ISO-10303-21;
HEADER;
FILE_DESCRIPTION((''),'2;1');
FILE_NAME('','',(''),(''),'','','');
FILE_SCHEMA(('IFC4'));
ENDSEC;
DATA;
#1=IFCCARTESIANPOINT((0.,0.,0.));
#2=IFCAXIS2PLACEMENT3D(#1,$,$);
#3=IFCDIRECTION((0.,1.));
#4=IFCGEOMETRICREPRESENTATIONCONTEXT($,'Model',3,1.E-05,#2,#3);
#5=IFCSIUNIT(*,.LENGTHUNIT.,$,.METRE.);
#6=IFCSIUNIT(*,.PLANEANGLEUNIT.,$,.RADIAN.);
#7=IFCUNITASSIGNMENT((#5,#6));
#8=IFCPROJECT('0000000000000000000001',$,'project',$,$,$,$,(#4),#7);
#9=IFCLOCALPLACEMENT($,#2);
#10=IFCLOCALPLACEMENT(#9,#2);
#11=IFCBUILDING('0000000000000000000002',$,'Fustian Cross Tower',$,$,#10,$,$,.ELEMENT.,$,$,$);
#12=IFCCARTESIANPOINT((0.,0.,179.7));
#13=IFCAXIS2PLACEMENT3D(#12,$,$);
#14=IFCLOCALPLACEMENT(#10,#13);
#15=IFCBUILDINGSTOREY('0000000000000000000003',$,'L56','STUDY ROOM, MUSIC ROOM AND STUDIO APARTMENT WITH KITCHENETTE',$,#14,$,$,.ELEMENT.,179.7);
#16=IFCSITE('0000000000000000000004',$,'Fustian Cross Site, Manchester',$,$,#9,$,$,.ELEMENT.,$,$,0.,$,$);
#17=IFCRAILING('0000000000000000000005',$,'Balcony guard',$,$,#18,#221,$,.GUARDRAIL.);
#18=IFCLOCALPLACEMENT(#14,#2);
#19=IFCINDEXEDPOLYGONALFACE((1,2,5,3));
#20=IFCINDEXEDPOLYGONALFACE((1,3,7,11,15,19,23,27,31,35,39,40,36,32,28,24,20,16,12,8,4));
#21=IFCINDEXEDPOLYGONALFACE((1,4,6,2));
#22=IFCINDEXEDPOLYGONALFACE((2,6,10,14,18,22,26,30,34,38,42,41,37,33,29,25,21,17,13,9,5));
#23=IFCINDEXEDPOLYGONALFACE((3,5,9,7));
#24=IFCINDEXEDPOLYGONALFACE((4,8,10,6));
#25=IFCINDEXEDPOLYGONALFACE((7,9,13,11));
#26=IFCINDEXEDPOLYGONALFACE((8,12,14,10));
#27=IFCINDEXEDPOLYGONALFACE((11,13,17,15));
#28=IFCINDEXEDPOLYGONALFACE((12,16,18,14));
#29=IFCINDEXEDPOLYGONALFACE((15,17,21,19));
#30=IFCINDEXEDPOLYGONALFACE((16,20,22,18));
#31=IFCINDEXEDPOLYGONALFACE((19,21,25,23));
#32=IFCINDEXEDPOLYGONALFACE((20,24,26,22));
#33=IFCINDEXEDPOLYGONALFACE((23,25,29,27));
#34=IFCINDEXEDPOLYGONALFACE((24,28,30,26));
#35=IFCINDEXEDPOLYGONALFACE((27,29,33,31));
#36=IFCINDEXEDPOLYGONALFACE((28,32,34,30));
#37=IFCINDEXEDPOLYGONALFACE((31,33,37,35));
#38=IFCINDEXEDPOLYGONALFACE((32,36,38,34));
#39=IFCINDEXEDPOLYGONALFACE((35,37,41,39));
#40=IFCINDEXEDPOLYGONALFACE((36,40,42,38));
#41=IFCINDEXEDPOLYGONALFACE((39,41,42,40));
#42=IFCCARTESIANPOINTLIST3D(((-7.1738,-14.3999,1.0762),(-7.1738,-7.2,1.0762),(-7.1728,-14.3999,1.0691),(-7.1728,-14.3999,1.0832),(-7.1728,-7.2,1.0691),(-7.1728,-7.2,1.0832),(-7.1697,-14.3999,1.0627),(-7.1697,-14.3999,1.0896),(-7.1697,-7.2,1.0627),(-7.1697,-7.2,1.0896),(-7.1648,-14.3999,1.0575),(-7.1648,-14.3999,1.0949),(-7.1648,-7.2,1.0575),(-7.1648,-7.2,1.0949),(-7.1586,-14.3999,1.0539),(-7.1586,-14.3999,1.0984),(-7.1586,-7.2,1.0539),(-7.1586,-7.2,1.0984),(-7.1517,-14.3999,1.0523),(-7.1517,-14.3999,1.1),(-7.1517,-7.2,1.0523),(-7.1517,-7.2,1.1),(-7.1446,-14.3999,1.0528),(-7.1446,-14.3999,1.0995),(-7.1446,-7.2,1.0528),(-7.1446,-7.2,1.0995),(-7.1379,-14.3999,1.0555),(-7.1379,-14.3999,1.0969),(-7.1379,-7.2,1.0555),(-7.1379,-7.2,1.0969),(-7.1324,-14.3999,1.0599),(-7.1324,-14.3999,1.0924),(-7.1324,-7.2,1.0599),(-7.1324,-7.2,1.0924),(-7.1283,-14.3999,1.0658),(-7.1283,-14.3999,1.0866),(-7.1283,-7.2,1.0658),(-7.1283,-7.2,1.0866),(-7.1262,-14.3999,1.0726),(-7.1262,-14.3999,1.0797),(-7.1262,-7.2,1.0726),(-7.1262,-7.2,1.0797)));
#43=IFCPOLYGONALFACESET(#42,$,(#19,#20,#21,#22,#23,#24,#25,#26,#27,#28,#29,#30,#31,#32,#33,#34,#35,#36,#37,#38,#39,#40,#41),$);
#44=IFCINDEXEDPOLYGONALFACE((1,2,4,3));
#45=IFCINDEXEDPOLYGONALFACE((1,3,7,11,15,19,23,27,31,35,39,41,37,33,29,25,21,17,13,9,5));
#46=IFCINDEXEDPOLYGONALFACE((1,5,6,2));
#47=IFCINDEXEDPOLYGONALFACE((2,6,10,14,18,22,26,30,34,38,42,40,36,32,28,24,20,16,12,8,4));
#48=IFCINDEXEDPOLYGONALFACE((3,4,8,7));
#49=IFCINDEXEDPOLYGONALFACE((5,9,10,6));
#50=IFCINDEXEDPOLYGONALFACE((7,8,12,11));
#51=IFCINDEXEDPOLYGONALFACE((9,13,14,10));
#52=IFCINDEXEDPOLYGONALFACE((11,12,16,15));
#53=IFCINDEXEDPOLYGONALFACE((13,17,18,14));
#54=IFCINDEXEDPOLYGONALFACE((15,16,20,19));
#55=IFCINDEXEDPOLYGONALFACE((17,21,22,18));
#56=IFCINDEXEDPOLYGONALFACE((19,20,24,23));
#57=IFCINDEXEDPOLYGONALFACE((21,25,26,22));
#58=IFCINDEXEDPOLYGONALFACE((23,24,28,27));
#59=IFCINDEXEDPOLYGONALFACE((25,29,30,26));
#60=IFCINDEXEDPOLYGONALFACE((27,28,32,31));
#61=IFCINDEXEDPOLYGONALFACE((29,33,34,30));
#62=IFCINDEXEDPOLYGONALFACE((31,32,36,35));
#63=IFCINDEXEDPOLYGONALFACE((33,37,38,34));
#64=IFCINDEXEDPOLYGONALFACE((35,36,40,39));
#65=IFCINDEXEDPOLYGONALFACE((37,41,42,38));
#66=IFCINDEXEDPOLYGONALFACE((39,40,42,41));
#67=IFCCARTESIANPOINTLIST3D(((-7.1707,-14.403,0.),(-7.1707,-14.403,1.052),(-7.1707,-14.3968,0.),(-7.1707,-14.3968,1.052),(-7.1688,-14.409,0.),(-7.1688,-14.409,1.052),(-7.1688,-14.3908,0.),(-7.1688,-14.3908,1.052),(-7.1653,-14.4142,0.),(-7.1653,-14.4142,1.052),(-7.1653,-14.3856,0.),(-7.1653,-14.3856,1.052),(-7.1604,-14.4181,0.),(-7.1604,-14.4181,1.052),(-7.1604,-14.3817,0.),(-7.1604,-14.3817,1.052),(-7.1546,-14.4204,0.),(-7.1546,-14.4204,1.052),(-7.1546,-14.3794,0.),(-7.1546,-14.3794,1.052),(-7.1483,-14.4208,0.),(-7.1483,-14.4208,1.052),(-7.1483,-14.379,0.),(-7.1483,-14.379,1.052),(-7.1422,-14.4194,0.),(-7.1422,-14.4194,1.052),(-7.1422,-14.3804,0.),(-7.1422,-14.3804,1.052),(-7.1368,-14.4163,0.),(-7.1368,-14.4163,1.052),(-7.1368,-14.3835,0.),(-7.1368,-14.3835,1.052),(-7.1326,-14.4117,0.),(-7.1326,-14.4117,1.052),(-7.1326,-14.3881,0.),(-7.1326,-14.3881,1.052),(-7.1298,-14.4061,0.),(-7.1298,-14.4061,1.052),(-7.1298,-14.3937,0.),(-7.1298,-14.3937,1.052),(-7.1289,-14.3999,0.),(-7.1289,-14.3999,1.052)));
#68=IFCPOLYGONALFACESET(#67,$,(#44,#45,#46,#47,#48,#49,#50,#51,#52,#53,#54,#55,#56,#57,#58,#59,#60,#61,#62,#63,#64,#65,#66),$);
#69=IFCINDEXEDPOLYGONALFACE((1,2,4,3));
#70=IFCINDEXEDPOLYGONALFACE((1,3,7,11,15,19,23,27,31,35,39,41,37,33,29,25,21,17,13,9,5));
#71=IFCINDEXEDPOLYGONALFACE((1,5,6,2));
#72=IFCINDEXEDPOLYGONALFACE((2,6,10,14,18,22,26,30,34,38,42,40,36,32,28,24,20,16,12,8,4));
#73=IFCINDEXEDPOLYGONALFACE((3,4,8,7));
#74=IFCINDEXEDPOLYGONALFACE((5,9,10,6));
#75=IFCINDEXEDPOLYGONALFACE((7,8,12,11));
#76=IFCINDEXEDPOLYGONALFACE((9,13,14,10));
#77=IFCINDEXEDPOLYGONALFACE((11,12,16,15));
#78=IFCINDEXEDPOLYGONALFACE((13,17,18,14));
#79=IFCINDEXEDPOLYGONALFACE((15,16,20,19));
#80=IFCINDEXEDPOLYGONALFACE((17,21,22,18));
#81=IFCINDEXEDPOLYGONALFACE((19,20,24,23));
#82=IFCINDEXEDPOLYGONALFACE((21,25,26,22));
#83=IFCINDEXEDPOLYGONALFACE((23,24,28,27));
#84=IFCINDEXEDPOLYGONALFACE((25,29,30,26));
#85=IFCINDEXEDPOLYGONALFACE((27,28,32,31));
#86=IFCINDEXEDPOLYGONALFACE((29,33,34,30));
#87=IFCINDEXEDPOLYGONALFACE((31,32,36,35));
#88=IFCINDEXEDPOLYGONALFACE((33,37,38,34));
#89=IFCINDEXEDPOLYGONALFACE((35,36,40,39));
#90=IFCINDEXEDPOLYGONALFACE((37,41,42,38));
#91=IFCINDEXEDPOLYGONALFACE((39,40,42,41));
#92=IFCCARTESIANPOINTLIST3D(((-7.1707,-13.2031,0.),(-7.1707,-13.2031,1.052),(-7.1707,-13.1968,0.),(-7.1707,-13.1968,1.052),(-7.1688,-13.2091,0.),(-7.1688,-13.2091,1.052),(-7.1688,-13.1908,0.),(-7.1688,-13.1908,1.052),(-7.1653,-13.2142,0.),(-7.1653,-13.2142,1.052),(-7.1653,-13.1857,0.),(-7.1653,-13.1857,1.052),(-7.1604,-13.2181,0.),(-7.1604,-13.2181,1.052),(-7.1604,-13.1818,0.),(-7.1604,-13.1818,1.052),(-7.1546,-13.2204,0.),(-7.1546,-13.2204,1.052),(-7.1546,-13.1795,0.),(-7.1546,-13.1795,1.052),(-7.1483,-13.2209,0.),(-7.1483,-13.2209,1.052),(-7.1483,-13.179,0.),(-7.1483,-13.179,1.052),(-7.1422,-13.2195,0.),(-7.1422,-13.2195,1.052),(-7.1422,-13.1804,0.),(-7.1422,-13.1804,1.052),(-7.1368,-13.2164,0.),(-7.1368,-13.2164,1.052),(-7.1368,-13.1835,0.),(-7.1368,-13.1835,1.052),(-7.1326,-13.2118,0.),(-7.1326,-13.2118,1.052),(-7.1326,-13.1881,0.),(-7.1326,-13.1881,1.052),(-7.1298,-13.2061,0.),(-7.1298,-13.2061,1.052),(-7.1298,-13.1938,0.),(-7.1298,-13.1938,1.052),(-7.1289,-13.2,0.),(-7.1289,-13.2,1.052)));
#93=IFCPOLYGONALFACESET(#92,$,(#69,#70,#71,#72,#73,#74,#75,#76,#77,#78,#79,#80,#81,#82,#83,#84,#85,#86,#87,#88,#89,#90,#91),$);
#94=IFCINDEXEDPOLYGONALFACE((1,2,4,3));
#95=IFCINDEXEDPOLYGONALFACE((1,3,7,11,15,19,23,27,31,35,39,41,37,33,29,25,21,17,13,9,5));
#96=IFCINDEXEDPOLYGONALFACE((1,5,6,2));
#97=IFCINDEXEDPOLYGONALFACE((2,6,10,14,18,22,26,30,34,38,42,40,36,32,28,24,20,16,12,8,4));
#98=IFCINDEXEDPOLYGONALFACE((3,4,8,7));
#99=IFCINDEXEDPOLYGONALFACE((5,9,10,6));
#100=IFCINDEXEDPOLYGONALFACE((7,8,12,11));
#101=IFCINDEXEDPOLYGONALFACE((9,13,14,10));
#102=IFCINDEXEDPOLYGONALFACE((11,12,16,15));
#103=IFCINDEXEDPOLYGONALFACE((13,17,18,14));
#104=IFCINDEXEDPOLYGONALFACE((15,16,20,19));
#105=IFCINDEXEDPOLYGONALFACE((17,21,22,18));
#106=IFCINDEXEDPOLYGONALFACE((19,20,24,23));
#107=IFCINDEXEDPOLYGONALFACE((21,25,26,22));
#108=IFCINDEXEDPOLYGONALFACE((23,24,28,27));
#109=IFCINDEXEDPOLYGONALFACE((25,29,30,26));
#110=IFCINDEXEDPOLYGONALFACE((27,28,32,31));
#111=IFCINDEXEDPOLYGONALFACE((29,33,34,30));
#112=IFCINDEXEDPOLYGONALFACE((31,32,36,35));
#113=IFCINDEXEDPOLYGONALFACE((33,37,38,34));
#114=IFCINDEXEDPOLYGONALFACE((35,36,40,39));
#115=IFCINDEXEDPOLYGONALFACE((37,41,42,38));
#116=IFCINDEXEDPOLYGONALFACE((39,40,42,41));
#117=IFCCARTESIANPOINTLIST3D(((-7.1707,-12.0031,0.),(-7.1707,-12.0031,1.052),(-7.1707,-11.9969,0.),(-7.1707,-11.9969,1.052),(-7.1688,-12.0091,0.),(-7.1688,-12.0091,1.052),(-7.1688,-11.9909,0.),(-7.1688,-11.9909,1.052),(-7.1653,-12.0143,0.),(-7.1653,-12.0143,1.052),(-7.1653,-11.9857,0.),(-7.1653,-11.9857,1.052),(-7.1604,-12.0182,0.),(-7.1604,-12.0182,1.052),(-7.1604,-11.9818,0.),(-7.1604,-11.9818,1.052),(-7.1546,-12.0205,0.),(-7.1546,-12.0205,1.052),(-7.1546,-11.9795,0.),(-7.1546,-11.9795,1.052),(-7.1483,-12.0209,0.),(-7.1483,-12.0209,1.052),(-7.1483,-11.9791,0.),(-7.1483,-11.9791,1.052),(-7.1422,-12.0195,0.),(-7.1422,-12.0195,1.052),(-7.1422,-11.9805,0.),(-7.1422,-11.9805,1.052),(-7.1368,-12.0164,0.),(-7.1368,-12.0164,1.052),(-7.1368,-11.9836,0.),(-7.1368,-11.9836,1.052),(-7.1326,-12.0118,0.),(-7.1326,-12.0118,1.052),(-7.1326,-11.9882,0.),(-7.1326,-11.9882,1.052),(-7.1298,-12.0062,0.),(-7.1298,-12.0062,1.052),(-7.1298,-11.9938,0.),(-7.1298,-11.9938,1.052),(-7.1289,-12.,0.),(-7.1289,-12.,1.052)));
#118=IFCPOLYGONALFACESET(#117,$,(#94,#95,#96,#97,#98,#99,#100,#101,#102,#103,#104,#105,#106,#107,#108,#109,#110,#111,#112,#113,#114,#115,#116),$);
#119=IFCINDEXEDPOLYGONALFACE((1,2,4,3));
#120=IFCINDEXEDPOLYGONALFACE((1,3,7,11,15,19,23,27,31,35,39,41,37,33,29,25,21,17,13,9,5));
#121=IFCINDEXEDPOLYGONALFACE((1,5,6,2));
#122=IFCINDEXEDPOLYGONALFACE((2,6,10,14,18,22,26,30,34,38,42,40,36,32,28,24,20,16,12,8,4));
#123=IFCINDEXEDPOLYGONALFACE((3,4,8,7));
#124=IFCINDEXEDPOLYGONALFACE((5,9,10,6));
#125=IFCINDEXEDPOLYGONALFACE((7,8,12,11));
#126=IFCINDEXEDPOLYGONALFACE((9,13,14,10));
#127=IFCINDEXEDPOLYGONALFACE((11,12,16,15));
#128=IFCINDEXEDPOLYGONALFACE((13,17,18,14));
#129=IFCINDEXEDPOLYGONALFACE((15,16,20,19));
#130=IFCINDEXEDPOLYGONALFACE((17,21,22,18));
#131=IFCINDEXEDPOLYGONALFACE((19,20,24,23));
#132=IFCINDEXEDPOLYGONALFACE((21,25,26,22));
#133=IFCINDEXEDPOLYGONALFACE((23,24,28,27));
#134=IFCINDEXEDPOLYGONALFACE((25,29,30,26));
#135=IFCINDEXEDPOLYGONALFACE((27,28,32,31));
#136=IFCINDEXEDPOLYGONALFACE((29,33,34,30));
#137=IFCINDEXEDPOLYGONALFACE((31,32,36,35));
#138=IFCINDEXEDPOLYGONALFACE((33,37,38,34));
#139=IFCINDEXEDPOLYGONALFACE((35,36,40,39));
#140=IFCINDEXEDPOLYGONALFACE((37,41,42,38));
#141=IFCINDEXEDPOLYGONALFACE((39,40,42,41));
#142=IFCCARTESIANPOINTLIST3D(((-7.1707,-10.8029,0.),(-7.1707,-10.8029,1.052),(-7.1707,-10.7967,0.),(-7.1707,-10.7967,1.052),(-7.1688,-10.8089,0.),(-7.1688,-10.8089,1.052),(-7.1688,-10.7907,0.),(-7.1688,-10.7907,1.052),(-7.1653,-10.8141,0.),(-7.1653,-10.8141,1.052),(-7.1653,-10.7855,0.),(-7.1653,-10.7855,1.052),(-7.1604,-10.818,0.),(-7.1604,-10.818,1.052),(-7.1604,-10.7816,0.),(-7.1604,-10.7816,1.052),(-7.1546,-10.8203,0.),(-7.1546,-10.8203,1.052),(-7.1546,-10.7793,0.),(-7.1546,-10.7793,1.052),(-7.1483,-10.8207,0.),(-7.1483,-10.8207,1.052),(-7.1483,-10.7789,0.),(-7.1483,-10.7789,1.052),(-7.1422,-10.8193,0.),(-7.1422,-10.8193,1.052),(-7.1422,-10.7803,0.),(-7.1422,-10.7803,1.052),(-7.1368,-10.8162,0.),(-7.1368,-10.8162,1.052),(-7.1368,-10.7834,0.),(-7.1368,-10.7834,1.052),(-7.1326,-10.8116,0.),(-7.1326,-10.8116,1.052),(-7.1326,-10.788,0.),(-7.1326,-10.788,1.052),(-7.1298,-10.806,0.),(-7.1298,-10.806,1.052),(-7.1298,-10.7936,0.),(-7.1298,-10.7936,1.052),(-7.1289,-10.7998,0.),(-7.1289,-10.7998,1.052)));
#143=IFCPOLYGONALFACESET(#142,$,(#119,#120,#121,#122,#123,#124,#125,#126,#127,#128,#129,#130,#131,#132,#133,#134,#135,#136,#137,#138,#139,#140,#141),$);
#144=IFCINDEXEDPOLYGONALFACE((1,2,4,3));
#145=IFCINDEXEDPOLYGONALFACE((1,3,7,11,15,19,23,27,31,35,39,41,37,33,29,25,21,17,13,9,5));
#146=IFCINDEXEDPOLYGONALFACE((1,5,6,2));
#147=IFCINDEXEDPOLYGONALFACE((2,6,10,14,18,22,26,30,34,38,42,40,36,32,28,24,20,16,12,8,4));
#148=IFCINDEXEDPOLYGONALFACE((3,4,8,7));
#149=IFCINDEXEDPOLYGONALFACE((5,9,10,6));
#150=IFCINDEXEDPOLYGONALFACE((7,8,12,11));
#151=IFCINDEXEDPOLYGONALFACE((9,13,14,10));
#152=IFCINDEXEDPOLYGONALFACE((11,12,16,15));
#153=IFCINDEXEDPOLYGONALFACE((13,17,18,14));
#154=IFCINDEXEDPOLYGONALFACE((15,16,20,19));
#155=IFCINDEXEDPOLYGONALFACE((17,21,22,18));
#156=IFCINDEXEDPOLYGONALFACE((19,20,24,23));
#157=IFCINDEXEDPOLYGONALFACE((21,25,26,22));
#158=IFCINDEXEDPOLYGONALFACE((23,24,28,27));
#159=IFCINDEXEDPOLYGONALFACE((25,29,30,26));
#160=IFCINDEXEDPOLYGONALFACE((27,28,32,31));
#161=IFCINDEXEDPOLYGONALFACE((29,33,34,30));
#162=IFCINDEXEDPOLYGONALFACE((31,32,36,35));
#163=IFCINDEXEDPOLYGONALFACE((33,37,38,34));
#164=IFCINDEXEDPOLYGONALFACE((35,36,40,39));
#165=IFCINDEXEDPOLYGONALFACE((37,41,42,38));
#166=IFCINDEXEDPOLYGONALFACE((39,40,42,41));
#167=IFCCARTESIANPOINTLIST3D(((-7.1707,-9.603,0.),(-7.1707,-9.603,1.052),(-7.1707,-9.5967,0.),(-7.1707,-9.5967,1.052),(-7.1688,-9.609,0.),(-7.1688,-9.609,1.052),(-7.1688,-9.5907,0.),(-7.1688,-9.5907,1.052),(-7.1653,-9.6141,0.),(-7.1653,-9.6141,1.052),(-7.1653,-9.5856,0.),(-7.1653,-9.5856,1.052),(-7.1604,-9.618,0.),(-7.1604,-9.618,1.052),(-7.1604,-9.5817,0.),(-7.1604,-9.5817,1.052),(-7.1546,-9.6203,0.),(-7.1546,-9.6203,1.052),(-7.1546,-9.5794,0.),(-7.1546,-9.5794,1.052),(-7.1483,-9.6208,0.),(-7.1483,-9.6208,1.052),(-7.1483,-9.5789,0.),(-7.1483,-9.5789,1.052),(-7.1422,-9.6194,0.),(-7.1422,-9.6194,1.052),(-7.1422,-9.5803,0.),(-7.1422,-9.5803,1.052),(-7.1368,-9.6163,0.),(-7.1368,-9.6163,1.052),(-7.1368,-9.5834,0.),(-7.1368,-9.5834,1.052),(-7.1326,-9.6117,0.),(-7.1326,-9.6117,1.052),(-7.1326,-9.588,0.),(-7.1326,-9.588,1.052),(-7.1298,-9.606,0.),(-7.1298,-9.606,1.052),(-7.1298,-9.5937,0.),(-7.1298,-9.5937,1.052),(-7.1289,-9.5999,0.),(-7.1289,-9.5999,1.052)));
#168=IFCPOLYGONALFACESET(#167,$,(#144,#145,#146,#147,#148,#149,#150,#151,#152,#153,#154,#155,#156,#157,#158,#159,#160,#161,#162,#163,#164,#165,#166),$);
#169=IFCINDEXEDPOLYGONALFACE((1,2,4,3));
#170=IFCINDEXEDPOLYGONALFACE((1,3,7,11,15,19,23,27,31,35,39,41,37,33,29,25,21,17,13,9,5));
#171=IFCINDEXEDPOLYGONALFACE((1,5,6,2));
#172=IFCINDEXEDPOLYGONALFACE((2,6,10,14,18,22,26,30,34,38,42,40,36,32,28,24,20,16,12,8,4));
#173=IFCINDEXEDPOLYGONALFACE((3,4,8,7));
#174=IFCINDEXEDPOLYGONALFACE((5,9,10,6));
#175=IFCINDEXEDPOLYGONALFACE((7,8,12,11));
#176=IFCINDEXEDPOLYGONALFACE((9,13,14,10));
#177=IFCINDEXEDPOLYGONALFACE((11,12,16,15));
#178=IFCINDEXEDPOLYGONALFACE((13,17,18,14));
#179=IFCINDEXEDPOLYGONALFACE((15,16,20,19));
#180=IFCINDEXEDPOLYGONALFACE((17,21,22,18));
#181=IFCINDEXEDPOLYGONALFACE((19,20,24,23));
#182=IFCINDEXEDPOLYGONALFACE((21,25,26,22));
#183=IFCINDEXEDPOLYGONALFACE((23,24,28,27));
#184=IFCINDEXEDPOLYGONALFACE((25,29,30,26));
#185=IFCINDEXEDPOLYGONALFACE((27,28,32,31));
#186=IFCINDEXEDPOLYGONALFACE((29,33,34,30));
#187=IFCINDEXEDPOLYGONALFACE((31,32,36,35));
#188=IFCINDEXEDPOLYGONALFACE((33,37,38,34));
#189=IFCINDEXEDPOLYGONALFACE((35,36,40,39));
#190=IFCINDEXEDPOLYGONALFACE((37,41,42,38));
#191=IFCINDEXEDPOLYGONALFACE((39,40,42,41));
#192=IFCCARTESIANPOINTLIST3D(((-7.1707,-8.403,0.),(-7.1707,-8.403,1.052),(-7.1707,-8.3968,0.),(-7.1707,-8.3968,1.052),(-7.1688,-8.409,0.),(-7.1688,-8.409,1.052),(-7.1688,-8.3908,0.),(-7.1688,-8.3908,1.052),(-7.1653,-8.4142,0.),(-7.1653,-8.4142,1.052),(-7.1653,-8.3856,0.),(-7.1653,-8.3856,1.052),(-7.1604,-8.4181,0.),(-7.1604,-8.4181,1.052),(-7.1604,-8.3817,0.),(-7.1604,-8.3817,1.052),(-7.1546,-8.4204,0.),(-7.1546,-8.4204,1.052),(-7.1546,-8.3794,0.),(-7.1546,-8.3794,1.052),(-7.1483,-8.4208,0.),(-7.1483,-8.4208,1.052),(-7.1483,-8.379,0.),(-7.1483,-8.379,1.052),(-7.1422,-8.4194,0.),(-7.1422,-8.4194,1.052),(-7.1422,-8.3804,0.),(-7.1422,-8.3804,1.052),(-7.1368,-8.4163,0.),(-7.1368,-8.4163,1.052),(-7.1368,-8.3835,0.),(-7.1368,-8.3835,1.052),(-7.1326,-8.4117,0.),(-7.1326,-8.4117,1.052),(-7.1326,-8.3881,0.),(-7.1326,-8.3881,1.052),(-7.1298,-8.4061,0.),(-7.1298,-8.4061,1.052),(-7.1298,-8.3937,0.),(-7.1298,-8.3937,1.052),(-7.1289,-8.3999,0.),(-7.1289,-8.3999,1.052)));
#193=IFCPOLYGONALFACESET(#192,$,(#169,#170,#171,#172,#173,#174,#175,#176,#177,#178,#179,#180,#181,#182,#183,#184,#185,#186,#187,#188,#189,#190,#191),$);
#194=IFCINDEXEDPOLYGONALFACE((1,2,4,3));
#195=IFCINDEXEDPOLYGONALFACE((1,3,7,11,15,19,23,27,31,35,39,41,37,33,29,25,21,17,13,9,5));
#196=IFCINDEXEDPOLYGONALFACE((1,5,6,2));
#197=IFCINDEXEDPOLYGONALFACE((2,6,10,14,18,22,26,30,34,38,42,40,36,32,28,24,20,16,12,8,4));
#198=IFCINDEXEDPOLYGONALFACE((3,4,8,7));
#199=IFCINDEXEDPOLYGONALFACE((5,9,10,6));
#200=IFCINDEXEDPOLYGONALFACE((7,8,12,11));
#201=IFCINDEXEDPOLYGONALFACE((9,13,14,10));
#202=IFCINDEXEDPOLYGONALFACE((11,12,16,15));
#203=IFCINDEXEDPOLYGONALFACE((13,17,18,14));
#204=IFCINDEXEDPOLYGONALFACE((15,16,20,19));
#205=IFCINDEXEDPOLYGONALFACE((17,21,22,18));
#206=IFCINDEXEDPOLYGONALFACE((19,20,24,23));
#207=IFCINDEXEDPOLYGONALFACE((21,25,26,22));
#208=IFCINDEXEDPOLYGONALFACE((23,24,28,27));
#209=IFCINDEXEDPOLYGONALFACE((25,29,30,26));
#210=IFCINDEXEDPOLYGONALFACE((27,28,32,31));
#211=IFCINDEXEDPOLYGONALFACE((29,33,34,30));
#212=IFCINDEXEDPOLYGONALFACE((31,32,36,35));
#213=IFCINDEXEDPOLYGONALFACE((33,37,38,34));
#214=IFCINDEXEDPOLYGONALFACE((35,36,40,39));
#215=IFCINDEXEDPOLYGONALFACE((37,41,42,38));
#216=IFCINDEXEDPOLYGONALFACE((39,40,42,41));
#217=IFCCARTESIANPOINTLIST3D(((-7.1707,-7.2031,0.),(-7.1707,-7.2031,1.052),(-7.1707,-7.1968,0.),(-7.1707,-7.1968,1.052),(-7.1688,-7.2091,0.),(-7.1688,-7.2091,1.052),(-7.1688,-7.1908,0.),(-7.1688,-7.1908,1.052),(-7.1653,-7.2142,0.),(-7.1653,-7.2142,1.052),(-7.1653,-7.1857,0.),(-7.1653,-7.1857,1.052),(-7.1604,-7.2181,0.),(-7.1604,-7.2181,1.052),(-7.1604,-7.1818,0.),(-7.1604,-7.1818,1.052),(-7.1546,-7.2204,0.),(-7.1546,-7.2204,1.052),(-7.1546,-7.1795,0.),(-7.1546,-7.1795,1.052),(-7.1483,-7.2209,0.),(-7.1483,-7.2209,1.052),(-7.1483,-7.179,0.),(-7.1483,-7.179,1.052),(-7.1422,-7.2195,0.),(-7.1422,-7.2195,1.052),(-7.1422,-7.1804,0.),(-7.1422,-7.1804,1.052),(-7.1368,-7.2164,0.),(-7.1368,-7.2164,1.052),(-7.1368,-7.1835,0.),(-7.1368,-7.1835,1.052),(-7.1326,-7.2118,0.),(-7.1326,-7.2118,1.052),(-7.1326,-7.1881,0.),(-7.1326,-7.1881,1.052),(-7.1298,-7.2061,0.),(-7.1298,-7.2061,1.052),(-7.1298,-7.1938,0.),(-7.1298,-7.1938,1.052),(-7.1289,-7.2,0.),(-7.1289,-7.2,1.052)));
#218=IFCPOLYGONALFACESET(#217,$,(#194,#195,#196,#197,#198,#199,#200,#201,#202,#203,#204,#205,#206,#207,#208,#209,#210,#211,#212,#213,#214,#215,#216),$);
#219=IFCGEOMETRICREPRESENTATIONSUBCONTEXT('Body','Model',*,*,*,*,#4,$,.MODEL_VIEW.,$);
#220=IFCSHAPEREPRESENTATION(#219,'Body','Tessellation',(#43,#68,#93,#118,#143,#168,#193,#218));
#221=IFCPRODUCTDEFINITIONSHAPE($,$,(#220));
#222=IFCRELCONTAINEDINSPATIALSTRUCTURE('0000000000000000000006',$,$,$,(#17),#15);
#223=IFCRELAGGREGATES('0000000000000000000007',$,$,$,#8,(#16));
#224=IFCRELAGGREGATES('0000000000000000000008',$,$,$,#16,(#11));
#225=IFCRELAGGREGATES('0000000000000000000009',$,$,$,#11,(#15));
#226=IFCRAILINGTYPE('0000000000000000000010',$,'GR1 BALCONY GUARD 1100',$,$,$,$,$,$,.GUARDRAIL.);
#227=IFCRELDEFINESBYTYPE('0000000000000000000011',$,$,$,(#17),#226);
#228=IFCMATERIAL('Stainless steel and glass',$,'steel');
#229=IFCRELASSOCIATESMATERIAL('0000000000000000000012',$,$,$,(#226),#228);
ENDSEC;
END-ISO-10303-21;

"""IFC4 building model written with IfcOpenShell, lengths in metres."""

from ifc_helpers import new_model, si_unit, direction, frame, origin, origin_2d, place, context, subcontext, project, spatial, circle, extrude, material, type_object, element, save


model = new_model("IFC4")

# Units and contexts
model_context = context("Model", 3, precision=1e-05, world=origin(), true_north=direction((0.0, 1.0)))
body_context = subcontext(model_context, "Body", "Model", "MODEL_VIEW")
ifc_project = project(units=[si_unit("LENGTHUNIT", "METRE"), si_unit("PLANEANGLEUNIT", "RADIAN")], contexts=[model_context])

# Site, building, storey
site_placement = place(None, origin())
site = spatial("IfcSite", under=ifc_project, at=site_placement, Name="Fustian Cross Site, Manchester", CompositionType="ELEMENT", RefElevation=0.0)
building_placement = place(site_placement, origin())
building = spatial("IfcBuilding", under=site, at=building_placement, Name="Fustian Cross Tower", CompositionType="ELEMENT")
storey_placement = place(building_placement, frame((0.0, 0.0, 179.7)))
storey = spatial("IfcBuildingStorey", under=building, at=storey_placement, Name="L56", Description="STUDY ROOM, MUSIC ROOM AND STUDIO APARTMENT WITH KITCHENETTE", CompositionType="ELEMENT", Elevation=179.7)

# Railing
ifc_material_1 = material(Name="Stainless steel and glass", Category="steel")
railing_type = type_object("IfcRailingType", Name="GR1 BALCONY GUARD 1100", PredefinedType="GUARDRAIL", material=ifc_material_1)
railing_placement = place(storey_placement, frame((-7.1499, -14.3999, 0.0)))
element("IfcRailing", 1, at=railing_placement, inside=storey, type_object=railing_type, Name="Balcony guard", PredefinedType="GUARDRAIL", context=body_context, shape_type="SweptSolid", body=[
    extrude(circle(Radius=0.0239, at=origin_2d()), frame((0.0, 0.0, 1.0762), z_axis=(0.0, 1.0, 0.0), x_axis=(-1.0, 0.0, 0.0)), (0.0, 0.0, 1.0), 7.2),
    extrude(circle(Radius=0.021, at=origin_2d()), origin(), (0.0, 0.0, 1.0), 1.052),
    extrude(circle(Radius=0.021, at=origin_2d()), frame((0.0, 1.2, 0.0)), (0.0, 0.0, 1.0), 1.052),
    extrude(circle(Radius=0.021, at=origin_2d()), frame((0.0, 2.3999, 0.0)), (0.0, 0.0, 1.0), 1.052),
    extrude(circle(Radius=0.021, at=origin_2d()), frame((0.0, 3.6001, 0.0)), (0.0, 0.0, 1.0), 1.052),
    extrude(circle(Radius=0.021, at=origin_2d()), frame((0.0, 4.8, 0.0)), (0.0, 0.0, 1.0), 1.052),
    extrude(circle(Radius=0.021, at=origin_2d()), frame((0.0, 6.0, 0.0)), (0.0, 0.0, 1.0), 1.052),
    extrude(circle(Radius=0.021, at=origin_2d()), frame((0.0, 7.2, 0.0)), (0.0, 0.0, 1.0), 1.052),
])

save(model, "model.ifc")
